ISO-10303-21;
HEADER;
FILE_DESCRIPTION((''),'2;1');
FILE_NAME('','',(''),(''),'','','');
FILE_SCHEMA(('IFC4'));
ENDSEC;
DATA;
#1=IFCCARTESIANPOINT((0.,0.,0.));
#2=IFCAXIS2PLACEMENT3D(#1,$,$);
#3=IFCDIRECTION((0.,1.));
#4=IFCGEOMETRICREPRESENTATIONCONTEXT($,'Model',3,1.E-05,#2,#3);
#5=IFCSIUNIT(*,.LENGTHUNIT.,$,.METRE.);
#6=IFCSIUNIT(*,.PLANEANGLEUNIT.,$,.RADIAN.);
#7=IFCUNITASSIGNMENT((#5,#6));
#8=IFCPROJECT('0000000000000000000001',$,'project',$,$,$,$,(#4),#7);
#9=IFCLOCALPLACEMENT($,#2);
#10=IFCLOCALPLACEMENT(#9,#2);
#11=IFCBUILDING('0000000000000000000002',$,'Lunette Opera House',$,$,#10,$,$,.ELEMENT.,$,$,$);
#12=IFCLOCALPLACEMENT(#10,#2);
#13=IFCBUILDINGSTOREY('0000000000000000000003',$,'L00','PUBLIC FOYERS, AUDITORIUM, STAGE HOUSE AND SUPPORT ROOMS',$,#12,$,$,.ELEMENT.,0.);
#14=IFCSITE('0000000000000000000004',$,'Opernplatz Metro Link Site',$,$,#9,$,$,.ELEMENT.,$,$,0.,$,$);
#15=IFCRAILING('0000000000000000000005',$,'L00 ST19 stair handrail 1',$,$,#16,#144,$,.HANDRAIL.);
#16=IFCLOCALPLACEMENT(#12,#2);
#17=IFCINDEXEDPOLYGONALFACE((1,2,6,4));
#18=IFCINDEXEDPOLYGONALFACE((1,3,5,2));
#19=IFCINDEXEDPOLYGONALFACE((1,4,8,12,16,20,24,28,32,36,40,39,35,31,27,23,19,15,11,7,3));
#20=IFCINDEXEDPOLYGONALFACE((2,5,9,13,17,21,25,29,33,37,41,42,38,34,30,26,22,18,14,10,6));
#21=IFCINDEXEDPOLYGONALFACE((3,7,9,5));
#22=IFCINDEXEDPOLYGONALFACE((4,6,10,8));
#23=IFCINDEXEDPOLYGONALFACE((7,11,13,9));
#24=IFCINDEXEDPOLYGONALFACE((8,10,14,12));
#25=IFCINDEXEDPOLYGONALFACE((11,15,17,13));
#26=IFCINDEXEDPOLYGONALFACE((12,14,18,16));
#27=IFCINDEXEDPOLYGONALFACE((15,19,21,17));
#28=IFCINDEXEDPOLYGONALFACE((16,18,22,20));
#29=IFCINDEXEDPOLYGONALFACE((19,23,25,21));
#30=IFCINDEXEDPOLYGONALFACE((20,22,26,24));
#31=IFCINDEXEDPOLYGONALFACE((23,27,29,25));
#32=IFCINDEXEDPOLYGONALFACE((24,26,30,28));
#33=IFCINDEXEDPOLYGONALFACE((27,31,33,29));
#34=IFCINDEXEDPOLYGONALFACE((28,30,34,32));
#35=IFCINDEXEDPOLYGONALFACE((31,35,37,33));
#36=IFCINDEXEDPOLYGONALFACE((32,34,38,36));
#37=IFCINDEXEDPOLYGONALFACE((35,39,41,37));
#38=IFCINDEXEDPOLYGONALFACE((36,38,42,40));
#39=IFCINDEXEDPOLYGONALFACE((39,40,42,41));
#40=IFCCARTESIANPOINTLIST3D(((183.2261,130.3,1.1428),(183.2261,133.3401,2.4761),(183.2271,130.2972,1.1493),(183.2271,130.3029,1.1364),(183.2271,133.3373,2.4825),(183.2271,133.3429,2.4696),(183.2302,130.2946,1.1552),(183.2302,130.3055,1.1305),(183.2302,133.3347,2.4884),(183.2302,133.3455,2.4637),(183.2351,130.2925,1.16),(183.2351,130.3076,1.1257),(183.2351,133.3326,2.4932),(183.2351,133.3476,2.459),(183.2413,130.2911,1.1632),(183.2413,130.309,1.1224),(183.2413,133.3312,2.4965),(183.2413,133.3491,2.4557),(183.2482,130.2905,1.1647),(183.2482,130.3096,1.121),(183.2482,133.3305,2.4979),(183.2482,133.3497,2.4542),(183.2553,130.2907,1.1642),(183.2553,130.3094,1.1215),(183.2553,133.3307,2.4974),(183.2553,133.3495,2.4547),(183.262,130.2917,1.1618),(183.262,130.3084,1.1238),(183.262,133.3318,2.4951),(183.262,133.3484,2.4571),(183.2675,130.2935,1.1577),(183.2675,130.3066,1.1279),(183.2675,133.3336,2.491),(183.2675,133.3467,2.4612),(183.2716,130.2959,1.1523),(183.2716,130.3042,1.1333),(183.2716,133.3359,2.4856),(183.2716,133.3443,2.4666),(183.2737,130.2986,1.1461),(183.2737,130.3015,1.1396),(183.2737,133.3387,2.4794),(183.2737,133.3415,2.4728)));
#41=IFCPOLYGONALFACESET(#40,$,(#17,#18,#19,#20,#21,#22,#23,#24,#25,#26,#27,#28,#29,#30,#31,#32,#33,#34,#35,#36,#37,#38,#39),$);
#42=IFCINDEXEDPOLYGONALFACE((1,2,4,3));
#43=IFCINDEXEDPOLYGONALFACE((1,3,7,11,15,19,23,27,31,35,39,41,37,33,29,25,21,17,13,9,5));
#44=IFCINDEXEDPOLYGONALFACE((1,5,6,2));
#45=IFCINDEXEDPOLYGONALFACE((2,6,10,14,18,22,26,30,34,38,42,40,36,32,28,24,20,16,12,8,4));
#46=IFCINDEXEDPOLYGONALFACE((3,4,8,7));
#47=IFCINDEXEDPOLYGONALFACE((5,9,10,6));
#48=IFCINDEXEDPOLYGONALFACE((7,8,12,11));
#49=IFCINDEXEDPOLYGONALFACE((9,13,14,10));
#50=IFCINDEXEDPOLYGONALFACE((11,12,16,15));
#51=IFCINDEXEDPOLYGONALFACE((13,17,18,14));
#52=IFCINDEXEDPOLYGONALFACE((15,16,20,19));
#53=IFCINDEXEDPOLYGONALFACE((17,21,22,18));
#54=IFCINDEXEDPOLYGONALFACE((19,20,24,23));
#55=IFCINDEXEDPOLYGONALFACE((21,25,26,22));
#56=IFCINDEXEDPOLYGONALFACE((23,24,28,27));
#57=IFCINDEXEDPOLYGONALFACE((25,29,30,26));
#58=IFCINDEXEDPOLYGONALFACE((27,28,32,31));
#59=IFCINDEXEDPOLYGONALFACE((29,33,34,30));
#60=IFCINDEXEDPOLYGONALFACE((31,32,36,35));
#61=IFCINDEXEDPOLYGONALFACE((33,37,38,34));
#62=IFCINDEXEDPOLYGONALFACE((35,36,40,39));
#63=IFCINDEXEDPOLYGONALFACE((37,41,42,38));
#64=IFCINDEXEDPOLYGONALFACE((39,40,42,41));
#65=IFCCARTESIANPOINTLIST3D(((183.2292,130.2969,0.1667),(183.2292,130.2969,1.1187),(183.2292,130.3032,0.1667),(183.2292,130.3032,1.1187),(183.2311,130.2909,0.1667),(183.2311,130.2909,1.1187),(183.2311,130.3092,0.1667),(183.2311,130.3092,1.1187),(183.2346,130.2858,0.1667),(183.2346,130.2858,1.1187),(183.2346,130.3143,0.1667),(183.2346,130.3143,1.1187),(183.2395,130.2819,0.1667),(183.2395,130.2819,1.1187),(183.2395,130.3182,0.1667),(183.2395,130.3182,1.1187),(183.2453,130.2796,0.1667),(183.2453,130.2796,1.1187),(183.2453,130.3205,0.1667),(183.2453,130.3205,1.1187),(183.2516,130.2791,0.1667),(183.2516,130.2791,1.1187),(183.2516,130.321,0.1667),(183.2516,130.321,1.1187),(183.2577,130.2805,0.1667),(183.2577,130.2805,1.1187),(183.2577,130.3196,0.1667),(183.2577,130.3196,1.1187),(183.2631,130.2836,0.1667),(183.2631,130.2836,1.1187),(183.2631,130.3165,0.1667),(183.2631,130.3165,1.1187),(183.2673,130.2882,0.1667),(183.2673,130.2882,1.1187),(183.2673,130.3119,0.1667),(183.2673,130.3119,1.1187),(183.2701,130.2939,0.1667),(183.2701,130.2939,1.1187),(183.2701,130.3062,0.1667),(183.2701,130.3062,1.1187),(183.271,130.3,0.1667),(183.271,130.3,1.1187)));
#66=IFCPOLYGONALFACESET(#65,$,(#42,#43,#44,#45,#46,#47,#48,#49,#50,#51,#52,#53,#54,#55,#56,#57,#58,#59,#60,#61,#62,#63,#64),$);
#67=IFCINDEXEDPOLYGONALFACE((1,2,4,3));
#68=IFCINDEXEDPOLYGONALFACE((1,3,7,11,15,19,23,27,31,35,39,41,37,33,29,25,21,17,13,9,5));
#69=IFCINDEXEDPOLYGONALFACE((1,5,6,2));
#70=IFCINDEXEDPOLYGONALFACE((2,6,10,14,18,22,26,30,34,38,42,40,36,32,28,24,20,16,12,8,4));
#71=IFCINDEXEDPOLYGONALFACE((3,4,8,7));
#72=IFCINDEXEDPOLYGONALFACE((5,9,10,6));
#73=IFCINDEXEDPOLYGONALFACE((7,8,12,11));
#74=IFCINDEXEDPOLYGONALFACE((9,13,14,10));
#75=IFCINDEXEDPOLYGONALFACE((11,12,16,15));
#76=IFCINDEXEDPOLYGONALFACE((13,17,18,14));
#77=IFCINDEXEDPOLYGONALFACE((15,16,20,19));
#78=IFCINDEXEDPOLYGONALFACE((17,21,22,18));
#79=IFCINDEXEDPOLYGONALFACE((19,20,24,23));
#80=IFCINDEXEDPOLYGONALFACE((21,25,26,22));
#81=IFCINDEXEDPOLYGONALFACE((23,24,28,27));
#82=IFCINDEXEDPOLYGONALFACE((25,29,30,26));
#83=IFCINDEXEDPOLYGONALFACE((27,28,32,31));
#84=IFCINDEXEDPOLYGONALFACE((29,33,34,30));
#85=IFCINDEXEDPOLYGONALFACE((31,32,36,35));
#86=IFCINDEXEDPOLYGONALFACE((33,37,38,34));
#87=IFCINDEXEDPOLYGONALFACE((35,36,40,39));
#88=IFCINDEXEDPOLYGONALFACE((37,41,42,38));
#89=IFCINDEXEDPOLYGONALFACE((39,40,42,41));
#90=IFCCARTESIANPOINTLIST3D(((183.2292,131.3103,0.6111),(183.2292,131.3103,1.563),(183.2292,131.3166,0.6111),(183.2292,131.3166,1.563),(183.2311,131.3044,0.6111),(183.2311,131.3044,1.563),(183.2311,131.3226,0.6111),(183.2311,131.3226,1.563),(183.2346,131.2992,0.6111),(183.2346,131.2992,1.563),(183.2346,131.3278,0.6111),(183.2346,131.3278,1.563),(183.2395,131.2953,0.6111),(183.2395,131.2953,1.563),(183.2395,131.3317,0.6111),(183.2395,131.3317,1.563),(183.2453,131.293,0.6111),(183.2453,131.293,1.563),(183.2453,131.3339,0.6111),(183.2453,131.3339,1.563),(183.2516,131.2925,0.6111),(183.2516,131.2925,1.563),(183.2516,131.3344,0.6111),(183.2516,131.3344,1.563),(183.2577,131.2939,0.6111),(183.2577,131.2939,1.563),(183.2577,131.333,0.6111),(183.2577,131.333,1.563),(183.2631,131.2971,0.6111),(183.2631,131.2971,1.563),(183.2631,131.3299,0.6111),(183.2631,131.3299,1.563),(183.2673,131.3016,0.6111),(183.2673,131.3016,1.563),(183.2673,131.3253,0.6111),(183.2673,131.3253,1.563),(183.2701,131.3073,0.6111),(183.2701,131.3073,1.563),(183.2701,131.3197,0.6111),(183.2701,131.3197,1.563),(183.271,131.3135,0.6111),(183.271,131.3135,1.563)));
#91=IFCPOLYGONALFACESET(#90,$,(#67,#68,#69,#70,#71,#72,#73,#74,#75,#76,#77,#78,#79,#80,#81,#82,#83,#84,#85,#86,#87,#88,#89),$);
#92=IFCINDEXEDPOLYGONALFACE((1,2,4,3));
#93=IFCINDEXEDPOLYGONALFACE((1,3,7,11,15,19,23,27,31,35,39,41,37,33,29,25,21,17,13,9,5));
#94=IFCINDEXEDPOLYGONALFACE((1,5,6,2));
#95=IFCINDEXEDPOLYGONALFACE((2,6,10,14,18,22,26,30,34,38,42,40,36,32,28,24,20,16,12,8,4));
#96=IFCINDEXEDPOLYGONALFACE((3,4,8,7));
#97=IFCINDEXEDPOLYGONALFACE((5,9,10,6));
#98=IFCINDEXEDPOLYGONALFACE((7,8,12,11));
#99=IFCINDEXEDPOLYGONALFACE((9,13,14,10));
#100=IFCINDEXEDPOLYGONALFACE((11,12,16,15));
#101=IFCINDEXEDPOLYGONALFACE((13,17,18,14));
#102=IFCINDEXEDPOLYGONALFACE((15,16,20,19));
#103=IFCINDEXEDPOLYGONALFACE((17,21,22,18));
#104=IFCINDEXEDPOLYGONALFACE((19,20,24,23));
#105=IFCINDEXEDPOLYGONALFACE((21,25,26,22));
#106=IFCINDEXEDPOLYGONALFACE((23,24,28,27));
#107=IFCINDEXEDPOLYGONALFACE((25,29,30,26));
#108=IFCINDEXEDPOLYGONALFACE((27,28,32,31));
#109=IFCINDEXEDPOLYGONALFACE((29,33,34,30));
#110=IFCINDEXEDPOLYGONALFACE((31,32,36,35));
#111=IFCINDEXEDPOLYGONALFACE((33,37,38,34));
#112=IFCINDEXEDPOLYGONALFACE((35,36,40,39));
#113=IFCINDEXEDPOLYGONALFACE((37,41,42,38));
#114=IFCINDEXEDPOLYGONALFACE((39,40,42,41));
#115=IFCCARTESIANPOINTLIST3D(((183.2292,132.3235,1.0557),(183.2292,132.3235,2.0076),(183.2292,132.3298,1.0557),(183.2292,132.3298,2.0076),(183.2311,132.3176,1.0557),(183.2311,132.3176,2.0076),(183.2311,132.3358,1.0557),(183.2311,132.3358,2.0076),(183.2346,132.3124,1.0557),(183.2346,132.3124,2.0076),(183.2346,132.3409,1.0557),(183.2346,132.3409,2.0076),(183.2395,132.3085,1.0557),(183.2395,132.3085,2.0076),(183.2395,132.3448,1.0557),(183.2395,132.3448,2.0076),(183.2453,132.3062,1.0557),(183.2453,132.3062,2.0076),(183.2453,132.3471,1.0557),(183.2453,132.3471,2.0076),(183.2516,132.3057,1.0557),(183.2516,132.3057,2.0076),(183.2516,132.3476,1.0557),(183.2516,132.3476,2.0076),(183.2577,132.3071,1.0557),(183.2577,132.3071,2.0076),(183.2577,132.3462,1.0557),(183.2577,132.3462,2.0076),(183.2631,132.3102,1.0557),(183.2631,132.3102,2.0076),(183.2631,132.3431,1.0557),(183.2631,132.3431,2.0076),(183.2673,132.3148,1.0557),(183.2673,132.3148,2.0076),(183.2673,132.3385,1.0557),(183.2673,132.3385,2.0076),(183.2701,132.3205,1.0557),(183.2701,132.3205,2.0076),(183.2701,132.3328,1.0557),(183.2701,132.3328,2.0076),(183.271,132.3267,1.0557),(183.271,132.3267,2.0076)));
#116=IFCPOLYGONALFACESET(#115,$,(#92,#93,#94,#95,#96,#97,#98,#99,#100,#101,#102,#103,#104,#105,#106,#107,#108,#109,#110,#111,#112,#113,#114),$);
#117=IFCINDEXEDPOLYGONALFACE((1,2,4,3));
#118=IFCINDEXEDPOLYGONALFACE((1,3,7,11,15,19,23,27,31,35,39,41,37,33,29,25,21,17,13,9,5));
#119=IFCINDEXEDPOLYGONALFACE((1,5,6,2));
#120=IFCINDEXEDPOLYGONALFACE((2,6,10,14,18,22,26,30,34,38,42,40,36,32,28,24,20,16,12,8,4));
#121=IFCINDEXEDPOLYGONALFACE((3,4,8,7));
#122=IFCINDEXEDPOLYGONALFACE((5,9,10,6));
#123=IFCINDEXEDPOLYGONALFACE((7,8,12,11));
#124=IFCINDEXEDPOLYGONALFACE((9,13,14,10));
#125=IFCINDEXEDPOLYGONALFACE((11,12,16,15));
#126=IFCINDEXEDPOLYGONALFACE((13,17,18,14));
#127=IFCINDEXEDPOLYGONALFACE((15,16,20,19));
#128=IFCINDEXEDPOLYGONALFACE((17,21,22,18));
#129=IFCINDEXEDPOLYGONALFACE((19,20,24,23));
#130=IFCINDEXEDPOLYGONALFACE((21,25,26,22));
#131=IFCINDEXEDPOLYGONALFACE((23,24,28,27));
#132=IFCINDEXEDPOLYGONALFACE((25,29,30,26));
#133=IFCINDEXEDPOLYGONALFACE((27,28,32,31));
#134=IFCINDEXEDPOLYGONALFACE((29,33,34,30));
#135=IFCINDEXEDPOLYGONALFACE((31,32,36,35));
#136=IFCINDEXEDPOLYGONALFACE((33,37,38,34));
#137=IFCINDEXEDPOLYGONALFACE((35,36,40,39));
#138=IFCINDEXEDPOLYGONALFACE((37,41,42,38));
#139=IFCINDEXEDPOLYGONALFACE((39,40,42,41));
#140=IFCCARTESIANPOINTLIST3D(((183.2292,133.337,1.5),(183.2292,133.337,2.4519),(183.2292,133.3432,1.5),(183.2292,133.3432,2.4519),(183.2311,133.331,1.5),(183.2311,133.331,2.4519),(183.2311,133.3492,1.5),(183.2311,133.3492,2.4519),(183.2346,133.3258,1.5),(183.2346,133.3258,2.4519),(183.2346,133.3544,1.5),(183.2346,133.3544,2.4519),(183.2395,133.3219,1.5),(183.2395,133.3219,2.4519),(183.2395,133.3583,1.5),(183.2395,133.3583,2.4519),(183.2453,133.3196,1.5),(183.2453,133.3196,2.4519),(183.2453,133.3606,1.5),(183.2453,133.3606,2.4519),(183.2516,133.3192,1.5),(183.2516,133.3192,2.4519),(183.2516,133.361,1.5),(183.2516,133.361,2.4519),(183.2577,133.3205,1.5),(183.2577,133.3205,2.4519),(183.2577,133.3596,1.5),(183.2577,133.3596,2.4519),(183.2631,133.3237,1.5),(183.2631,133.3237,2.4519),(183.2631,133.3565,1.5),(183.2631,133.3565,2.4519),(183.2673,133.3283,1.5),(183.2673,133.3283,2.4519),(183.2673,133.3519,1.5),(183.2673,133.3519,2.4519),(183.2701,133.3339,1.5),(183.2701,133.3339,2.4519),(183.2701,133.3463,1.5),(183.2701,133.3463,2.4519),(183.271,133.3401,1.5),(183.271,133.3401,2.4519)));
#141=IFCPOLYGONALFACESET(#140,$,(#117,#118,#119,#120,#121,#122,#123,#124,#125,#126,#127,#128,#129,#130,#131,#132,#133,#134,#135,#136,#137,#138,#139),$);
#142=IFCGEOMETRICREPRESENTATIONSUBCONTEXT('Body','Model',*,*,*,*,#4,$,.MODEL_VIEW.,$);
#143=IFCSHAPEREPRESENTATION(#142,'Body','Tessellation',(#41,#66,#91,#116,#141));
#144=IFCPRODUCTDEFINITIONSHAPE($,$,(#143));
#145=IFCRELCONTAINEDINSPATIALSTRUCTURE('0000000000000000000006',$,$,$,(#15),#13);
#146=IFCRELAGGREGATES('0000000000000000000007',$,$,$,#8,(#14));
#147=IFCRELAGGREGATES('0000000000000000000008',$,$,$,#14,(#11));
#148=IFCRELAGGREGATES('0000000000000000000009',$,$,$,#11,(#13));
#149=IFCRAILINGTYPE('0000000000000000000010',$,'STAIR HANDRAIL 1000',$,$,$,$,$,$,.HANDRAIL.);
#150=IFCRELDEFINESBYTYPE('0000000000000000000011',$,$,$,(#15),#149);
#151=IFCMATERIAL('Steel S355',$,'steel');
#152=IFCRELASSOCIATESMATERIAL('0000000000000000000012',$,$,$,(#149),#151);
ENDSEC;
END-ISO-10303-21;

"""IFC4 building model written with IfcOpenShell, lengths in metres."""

from ifc_helpers import new_model, si_unit, direction, frame, origin, origin_2d, place, context, subcontext, project, spatial, circle, extrude, material, type_object, element, save


model = new_model("IFC4")

# Units and contexts
model_context = context("Model", 3, precision=1e-05, world=origin(), true_north=direction((0.0, 1.0)))
body_context = subcontext(model_context, "Body", "Model", "MODEL_VIEW")
ifc_project = project(units=[si_unit("LENGTHUNIT", "METRE"), si_unit("PLANEANGLEUNIT", "RADIAN")], contexts=[model_context])

# Site, building, storey
site_placement = place(None, origin())
site = spatial("IfcSite", under=ifc_project, at=site_placement, Name="Opernplatz Metro Link Site", CompositionType="ELEMENT", RefElevation=0.0)
building_placement = place(site_placement, origin())
building = spatial("IfcBuilding", under=site, at=building_placement, Name="Lunette Opera House", CompositionType="ELEMENT")
storey_placement = place(building_placement, origin())
storey = spatial("IfcBuildingStorey", under=building, at=storey_placement, Name="L00", Description="PUBLIC FOYERS, AUDITORIUM, STAGE HOUSE AND SUPPORT ROOMS", CompositionType="ELEMENT", Elevation=0.0)

# Railing
ifc_material_1 = material(Name="Steel S355", Category="steel")
railing_type_1 = type_object("IfcRailingType", Name="STAIR HANDRAIL 1000", PredefinedType="HANDRAIL", material=ifc_material_1)
for number, where, name in (
    (1, (183.25, 130.3, 0.1667), "L00 ST19 stair handrail 1"),
):
    element("IfcRailing", number, at=place(storey_placement, frame(where)), inside=storey, type_object=railing_type_1, Name=name, PredefinedType="HANDRAIL", context=body_context, shape_type="SweptSolid", body=[
        extrude(circle(Radius=0.0239, at=origin_2d()), frame((0.0, 0.0, 0.9761), z_axis=(0.0, 0.915799, 0.401637), x_axis=(-1.0, 0.0, 0.0)), (0.0, 0.0, 1.0), 3.3196),
        extrude(circle(Radius=0.021, at=origin_2d()), origin(), (0.0, 0.0, 1.0), 0.9519),
        extrude(circle(Radius=0.021, at=origin_2d()), frame((0.0, 1.0134, 0.4443)), (0.0, 0.0, 1.0), 0.9519),
        extrude(circle(Radius=0.021, at=origin_2d()), frame((0.0, 2.0266, 0.8889)), (0.0, 0.0, 1.0), 0.9519),
        extrude(circle(Radius=0.021, at=origin_2d()), frame((0.0, 3.04, 1.3333)), (0.0, 0.0, 1.0), 0.9519),
    ])

save(model, "model.ifc")
